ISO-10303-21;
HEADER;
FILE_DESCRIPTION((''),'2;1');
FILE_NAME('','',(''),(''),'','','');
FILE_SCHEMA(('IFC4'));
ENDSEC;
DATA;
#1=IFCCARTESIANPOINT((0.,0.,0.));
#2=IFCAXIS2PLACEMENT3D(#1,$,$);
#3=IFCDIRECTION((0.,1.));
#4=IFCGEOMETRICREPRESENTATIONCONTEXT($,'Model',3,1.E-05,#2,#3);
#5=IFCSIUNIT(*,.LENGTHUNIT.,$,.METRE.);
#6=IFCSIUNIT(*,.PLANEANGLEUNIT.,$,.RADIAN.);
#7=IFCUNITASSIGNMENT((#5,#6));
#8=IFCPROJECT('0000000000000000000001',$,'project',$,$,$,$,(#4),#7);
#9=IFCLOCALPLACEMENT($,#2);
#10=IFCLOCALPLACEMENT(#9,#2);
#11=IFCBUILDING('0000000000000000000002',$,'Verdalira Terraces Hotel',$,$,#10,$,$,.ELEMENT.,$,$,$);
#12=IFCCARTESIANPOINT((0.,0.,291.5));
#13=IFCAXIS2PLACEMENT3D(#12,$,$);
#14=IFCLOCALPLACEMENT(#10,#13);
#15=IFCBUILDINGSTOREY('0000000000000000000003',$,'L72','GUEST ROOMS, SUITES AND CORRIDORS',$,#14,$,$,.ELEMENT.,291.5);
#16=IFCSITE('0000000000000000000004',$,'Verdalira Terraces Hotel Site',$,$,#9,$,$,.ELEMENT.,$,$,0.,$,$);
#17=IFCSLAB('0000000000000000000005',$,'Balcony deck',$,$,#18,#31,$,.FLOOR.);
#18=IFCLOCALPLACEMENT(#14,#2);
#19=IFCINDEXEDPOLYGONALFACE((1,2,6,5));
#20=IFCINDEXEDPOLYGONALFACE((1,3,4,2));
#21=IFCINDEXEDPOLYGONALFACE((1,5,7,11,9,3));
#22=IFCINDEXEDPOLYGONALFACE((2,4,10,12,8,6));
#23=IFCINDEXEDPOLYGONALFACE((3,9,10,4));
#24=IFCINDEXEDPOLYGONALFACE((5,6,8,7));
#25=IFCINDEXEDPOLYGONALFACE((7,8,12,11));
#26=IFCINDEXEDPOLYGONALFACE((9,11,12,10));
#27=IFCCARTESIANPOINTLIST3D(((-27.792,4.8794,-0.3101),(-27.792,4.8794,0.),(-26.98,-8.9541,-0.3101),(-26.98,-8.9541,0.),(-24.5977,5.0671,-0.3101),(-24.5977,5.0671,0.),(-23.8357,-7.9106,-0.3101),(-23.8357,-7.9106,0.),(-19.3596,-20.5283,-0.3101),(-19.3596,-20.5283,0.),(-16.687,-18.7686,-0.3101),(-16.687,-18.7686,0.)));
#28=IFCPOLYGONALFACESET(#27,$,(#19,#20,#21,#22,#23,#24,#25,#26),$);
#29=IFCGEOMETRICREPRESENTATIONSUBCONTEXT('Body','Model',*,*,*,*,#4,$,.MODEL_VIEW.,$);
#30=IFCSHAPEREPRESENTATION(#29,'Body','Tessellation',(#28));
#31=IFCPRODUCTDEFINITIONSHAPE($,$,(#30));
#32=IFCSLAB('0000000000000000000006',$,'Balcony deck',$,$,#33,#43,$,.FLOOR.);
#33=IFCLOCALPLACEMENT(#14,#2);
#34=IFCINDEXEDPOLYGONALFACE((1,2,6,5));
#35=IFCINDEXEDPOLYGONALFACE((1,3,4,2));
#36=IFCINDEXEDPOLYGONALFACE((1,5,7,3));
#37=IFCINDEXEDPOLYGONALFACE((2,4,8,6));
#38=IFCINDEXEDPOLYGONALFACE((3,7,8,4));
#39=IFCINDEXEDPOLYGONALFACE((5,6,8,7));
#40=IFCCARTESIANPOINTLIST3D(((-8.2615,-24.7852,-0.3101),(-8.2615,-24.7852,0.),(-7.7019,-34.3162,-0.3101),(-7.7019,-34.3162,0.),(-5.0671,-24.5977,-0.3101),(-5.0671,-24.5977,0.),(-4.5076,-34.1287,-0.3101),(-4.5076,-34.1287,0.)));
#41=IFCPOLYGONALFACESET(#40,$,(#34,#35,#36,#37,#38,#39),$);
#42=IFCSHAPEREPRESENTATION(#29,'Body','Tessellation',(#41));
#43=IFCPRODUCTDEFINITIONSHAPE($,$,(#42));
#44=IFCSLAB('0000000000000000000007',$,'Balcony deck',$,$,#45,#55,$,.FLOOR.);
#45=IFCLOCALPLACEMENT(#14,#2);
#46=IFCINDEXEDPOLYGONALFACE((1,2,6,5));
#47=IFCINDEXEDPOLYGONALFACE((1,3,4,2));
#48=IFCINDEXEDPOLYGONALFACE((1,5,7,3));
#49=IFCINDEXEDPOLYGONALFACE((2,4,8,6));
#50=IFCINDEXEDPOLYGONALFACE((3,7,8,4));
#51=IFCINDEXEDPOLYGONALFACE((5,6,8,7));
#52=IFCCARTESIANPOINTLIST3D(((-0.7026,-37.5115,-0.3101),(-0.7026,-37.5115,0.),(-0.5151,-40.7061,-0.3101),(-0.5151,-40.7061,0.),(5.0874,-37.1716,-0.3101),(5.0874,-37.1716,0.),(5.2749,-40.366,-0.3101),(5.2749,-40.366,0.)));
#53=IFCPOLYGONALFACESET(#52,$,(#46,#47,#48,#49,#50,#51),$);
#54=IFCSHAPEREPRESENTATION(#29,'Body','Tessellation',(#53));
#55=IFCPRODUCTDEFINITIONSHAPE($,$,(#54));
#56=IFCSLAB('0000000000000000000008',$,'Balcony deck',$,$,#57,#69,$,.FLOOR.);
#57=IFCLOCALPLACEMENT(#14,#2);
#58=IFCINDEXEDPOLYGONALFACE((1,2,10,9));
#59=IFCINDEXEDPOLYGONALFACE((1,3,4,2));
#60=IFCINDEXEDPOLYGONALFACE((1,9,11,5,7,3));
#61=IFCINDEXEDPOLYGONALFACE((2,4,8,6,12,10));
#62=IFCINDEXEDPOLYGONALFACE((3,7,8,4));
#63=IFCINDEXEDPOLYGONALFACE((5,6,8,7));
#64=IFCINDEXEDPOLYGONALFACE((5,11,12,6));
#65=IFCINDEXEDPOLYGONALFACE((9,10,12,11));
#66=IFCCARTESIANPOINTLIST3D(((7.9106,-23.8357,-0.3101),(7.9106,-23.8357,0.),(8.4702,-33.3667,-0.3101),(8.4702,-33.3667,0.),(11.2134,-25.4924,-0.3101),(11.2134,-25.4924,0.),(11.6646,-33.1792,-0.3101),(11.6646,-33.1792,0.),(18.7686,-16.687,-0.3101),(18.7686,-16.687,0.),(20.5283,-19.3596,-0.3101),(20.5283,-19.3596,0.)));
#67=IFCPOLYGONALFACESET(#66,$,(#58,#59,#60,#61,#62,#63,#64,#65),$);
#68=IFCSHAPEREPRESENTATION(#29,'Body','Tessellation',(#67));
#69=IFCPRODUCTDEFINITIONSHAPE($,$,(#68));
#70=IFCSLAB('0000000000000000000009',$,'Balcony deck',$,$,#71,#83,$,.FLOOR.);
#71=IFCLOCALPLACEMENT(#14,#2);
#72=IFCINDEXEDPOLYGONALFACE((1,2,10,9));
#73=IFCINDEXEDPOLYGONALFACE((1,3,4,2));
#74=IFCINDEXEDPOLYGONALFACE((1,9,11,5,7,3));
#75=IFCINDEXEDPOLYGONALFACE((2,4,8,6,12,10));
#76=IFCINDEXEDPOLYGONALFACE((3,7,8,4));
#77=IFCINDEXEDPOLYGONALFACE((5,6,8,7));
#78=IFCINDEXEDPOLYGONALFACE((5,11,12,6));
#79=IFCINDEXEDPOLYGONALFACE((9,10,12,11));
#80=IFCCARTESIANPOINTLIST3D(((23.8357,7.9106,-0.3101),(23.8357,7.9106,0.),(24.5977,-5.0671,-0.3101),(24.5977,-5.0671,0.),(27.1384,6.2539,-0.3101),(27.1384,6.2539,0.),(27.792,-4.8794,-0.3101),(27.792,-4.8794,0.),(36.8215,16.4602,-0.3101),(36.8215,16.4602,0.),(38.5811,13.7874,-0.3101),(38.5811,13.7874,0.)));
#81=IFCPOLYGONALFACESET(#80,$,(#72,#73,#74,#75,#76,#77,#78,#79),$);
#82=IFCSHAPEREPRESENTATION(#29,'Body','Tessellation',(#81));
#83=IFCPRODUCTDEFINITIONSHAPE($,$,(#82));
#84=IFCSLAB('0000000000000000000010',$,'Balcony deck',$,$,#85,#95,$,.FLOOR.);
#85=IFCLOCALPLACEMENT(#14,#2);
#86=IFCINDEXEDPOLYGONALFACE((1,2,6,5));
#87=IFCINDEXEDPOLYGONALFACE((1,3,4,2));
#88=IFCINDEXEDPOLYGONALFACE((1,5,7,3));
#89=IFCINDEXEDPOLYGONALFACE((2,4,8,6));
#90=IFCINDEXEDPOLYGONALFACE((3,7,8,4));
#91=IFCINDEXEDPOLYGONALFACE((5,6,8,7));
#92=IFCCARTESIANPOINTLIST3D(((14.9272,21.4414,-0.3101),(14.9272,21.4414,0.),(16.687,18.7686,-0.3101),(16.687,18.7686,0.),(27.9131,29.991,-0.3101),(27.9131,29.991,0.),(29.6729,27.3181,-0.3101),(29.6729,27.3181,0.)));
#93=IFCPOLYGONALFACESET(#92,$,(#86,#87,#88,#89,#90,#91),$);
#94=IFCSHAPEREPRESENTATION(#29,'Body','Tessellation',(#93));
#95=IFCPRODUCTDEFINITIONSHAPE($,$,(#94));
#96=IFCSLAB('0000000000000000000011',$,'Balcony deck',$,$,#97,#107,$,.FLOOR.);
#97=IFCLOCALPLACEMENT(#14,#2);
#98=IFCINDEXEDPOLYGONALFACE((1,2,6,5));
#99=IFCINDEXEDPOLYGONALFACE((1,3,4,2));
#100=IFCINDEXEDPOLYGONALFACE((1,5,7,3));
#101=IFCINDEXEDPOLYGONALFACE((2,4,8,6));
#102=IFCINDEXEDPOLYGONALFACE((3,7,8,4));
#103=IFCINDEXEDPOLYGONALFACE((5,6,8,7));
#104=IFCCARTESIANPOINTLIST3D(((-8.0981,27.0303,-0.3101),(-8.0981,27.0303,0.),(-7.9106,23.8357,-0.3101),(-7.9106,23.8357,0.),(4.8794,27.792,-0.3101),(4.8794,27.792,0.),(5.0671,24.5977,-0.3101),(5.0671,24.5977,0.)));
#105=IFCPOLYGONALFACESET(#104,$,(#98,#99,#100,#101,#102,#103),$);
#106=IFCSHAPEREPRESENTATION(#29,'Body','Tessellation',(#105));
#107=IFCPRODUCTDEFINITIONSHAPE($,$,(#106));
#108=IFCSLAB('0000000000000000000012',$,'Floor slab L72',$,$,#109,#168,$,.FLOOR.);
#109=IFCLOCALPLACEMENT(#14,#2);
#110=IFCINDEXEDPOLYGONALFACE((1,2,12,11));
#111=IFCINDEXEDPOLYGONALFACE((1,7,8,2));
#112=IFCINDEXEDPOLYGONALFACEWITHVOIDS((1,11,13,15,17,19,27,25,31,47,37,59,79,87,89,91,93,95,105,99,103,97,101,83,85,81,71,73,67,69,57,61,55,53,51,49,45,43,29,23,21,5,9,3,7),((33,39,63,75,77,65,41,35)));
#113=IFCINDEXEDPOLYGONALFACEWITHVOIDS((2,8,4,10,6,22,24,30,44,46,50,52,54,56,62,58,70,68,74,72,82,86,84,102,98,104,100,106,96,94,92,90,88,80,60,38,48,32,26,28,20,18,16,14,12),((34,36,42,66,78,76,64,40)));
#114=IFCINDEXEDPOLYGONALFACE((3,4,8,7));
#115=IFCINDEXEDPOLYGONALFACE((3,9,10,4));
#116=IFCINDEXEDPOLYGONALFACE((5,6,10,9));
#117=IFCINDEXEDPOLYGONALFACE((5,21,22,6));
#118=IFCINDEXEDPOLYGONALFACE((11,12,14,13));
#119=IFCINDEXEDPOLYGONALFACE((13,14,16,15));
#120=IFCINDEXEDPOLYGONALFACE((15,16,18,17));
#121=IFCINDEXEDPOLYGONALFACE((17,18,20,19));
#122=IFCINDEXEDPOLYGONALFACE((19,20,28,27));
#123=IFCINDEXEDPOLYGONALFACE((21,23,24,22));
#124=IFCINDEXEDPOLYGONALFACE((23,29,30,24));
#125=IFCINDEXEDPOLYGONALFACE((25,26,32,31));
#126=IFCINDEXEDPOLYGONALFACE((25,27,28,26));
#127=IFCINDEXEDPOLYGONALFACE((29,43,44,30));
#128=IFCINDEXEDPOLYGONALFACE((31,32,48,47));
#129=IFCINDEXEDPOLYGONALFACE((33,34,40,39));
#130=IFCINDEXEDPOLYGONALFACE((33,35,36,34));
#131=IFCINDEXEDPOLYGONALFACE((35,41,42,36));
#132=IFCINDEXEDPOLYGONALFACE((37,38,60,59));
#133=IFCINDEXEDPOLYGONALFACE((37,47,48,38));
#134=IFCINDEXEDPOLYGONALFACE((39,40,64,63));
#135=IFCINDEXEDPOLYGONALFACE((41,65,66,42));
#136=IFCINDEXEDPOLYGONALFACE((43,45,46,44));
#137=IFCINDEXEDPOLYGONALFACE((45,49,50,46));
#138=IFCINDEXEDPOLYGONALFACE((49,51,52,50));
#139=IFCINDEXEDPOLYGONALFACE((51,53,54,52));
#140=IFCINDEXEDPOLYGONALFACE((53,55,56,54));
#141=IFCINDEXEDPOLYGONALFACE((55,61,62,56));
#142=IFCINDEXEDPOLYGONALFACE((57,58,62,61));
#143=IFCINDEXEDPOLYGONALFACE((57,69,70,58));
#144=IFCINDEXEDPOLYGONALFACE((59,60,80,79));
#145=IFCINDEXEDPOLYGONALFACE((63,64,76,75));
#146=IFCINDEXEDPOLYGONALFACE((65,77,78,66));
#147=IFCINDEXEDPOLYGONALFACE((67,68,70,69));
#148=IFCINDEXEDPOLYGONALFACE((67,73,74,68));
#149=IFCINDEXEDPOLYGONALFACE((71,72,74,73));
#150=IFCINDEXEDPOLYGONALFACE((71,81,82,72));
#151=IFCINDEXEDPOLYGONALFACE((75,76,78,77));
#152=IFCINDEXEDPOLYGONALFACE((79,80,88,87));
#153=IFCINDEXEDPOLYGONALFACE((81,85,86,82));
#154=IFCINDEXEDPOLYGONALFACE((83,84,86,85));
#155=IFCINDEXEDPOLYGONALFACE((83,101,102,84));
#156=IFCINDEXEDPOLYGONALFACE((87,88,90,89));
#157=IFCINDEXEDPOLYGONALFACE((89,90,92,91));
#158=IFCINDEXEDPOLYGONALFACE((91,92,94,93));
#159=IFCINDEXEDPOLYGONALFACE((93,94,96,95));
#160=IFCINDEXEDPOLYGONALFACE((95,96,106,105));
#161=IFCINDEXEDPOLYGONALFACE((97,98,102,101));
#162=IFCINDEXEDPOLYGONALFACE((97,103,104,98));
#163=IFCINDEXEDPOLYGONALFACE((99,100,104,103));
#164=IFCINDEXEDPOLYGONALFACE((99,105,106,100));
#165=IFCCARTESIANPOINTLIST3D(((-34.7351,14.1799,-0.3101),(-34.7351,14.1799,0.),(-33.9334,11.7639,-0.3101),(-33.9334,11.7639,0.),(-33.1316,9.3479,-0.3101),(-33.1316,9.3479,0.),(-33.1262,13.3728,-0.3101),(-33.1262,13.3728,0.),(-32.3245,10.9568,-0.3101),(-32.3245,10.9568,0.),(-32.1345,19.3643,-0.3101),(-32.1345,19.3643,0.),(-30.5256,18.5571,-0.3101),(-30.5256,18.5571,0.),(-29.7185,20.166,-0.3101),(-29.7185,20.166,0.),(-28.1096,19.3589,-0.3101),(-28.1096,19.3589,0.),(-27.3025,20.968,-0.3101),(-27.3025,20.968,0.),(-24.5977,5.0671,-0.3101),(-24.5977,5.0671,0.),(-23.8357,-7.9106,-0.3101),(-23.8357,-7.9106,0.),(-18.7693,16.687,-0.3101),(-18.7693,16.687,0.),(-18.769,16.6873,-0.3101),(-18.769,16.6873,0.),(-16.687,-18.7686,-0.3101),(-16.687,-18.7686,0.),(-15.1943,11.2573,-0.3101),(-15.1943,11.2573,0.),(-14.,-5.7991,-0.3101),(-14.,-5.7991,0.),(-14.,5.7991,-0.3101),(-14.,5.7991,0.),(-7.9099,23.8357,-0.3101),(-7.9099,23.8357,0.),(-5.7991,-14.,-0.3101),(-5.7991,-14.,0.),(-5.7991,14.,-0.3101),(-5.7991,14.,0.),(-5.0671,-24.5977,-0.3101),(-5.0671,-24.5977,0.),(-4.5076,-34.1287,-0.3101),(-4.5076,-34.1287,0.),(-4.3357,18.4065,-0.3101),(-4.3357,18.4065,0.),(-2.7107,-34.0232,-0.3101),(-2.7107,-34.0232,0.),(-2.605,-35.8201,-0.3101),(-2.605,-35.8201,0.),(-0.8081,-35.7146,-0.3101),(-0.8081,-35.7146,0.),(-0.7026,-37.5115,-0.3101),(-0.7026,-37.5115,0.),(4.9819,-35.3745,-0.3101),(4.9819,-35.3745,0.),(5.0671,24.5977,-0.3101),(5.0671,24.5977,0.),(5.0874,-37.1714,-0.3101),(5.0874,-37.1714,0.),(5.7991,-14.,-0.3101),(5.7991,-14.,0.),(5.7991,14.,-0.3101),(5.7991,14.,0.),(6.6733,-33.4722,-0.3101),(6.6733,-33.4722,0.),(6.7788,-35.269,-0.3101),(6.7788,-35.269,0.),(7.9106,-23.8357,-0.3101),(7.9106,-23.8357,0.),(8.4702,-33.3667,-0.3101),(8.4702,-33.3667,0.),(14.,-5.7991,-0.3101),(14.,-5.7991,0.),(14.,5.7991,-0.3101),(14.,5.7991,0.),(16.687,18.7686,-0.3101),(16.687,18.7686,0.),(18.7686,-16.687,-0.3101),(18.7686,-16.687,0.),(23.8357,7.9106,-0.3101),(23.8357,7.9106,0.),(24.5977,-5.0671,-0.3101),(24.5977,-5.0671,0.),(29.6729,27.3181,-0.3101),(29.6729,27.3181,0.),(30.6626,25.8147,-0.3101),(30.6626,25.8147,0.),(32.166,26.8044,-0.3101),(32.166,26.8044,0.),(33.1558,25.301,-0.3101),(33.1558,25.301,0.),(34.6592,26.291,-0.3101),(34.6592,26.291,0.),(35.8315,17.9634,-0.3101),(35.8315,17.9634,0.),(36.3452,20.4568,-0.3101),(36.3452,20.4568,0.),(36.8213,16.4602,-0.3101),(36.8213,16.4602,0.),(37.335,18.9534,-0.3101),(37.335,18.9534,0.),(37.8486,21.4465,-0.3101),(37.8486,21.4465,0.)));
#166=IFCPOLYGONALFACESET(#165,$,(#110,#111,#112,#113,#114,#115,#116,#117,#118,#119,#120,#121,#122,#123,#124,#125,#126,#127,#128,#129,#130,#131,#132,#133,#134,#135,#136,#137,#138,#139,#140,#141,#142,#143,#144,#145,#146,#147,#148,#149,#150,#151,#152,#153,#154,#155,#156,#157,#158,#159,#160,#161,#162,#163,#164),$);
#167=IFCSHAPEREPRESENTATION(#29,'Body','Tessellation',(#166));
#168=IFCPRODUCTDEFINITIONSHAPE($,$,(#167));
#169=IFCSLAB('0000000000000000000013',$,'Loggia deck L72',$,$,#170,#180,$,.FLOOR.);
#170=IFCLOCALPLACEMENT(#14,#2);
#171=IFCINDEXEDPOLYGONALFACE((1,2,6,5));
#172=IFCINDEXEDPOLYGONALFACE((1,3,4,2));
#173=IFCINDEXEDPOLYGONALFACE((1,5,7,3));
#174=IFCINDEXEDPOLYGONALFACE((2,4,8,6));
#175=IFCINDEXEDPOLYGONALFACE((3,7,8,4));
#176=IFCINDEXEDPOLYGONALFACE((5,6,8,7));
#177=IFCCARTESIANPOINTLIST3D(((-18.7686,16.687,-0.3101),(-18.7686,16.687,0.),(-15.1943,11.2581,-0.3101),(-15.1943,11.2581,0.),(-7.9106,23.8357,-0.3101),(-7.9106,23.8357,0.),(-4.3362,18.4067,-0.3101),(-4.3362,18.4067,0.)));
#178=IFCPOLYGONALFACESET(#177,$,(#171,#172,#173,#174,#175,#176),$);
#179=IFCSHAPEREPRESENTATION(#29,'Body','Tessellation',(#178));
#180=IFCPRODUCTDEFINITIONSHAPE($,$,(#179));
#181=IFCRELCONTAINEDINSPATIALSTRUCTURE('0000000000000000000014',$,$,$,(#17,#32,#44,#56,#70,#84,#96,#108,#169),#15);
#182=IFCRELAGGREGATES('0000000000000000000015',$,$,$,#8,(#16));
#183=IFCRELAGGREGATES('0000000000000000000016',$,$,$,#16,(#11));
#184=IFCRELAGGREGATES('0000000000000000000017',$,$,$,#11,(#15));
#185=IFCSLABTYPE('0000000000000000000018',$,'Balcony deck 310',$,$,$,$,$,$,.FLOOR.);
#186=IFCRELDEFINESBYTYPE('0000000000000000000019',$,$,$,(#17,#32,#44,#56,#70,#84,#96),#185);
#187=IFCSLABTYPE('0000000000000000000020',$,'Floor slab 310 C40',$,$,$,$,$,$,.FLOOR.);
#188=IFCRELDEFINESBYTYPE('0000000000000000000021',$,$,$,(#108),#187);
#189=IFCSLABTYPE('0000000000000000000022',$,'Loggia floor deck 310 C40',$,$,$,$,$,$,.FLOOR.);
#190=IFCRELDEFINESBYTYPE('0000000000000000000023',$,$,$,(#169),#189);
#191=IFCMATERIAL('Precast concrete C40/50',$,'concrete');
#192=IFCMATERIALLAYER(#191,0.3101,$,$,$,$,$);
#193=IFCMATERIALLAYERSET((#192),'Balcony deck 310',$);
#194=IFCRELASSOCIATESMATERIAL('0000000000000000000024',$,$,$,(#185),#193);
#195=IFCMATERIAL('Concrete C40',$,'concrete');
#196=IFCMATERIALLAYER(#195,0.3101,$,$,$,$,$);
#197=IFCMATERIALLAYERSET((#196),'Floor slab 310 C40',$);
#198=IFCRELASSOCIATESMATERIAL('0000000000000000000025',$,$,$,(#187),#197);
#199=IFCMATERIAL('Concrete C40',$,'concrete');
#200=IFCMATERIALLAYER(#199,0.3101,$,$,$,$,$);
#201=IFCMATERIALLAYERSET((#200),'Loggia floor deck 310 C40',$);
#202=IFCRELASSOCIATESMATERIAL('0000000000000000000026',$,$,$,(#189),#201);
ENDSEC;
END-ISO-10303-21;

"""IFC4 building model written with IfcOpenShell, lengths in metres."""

from ifc_helpers import new_model, si_unit, direction, frame, origin, place, context, subcontext, project, spatial, polyline, outline, extrude, material, layer, layer_set, type_object, element, save


model = new_model("IFC4")

# Units and contexts
model_context = context("Model", 3, precision=1e-05, world=origin(), true_north=direction((0.0, 1.0)))
body_context = subcontext(model_context, "Body", "Model", "MODEL_VIEW")
ifc_project = project(units=[si_unit("LENGTHUNIT", "METRE"), si_unit("PLANEANGLEUNIT", "RADIAN")], contexts=[model_context])

# Site, building, storey
site_placement = place(None, origin())
site = spatial("IfcSite", under=ifc_project, at=site_placement, Name="Verdalira Terraces Hotel Site", CompositionType="ELEMENT", RefElevation=0.0)
building_placement = place(site_placement, origin())
building = spatial("IfcBuilding", under=site, at=building_placement, Name="Verdalira Terraces Hotel", CompositionType="ELEMENT")
storey_placement = place(building_placement, frame((0.0, 0.0, 291.5)))
storey = spatial("IfcBuildingStorey", under=building, at=storey_placement, Name="L72", Description="GUEST ROOMS, SUITES AND CORRIDORS", CompositionType="ELEMENT", Elevation=291.5)

# Slabs
ifc_material_1 = material(Name="Precast concrete C40/50", Category="concrete")
ifc_layer_1 = layer(ifc_material_1, 0.3101)
ifc_layer_set_1 = layer_set([ifc_layer_1], Name="Balcony deck 310")
slab_type_1 = type_object("IfcSlabType", Name="Balcony deck 310", PredefinedType="FLOOR", material=ifc_layer_set_1)
slab_1_placement = place(storey_placement, frame((0.0, 0.0, -0.3101)))
element("IfcSlab", 1, at=slab_1_placement, inside=storey, type_object=slab_type_1, Name="Balcony deck", PredefinedType="FLOOR", context=body_context, shape_type="SweptSolid", body=[
    extrude(outline(polyline([(-26.98, -8.9541), (-19.3596, -20.5283), (-16.687, -18.7686), (-23.8357, -7.9106), (-24.5977, 5.0671), (-27.792, 4.8794), (-26.98, -8.9541)])), origin(), (0.0, 0.0, 1.0), 0.3101),
])
slab_2_placement = place(storey_placement, frame((0.0, 0.0, -0.3101)))
element("IfcSlab", 2, at=slab_2_placement, inside=storey, type_object=slab_type_1, Name="Balcony deck", PredefinedType="FLOOR", context=body_context, shape_type="SweptSolid", body=[
    extrude(outline(polyline([(-7.7019, -34.3162), (-4.5076, -34.1287), (-5.0671, -24.5977), (-8.2615, -24.7852), (-7.7019, -34.3162)])), origin(), (0.0, 0.0, 1.0), 0.3101),
])
slab_3_placement = place(storey_placement, frame((0.0, 0.0, -0.3101)))
element("IfcSlab", 3, at=slab_3_placement, inside=storey, type_object=slab_type_1, Name="Balcony deck", PredefinedType="FLOOR", context=body_context, shape_type="SweptSolid", body=[
    extrude(outline(polyline([(5.2749, -40.366), (5.0874, -37.1716), (-0.7026, -37.5115), (-0.5151, -40.7061), (5.2749, -40.366)])), origin(), (0.0, 0.0, 1.0), 0.3101),
])
slab_4_placement = place(storey_placement, frame((0.0, 0.0, -0.3101)))
element("IfcSlab", 4, at=slab_4_placement, inside=storey, type_object=slab_type_1, Name="Balcony deck", PredefinedType="FLOOR", context=body_context, shape_type="SweptSolid", body=[
    extrude(outline(polyline([(20.5283, -19.3596), (18.7686, -16.687), (7.9106, -23.8357), (8.4702, -33.3667), (11.6646, -33.1792), (11.2134, -25.4924), (20.5283, -19.3596)])), origin(), (0.0, 0.0, 1.0), 0.3101),
])
slab_5_placement = place(storey_placement, frame((0.0, 0.0, -0.3101)))
element("IfcSlab", 5, at=slab_5_placement, inside=storey, type_object=slab_type_1, Name="Balcony deck", PredefinedType="FLOOR", context=body_context, shape_type="SweptSolid", body=[
    extrude(outline(polyline([(38.5811, 13.7874), (36.8215, 16.4602), (23.8357, 7.9106), (24.5977, -5.0671), (27.792, -4.8794), (27.1384, 6.2539), (38.5811, 13.7874)])), origin(), (0.0, 0.0, 1.0), 0.3101),
])
slab_6_placement = place(storey_placement, frame((0.0, 0.0, -0.3101)))
element("IfcSlab", 6, at=slab_6_placement, inside=storey, type_object=slab_type_1, Name="Balcony deck", PredefinedType="FLOOR", context=body_context, shape_type="SweptSolid", body=[
    extrude(outline(polyline([(14.9272, 21.4414), (16.687, 18.7686), (29.6729, 27.3181), (27.9131, 29.991), (14.9272, 21.4414)])), origin(), (0.0, 0.0, 1.0), 0.3101),
])
slab_7_placement = place(storey_placement, frame((0.0, 0.0, -0.3101)))
element("IfcSlab", 7, at=slab_7_placement, inside=storey, type_object=slab_type_1, Name="Balcony deck", PredefinedType="FLOOR", context=body_context, shape_type="SweptSolid", body=[
    extrude(outline(polyline([(-8.0981, 27.0303), (-7.9106, 23.8357), (5.0671, 24.5977), (4.8794, 27.792), (-8.0981, 27.0303)])), origin(), (0.0, 0.0, 1.0), 0.3101),
])
ifc_material_2 = material(Name="Concrete C40", Category="concrete")
ifc_layer_2 = layer(ifc_material_2, 0.3101)
ifc_layer_set_2 = layer_set([ifc_layer_2], Name="Floor slab 310 C40")
slab_type_2 = type_object("IfcSlabType", Name="Floor slab 310 C40", PredefinedType="FLOOR", material=ifc_layer_set_2)
slab_8_placement = place(storey_placement, frame((0.0, 0.0, -0.3101)))
element("IfcSlab", 8, at=slab_8_placement, inside=storey, type_object=slab_type_2, Name="Floor slab L72", PredefinedType="FLOOR", context=body_context, shape_type="SweptSolid", body=[
    extrude(outline(polyline([(16.687, 18.7686), (5.0671, 24.5977), (-7.9099, 23.8357), (-4.3357, 18.4065), (-15.1943, 11.2573), (-18.7693, 16.687), (-18.769, 16.6873), (-27.3025, 20.968), (-28.1096, 19.3589), (-29.7185, 20.166), (-30.5256, 18.5571), (-32.1345, 19.3643), (-34.7351, 14.1799), (-33.1262, 13.3728), (-33.9333, 11.7639), (-32.3245, 10.9568), (-33.1316, 9.3479), (-24.5977, 5.0671), (-23.8357, -7.9106), (-16.687, -18.7686), (-5.0671, -24.5977), (-4.5076, -34.1287), (-2.7107, -34.0232), (-2.605, -35.8201), (-0.8081, -35.7146), (-0.7026, -37.5115), (5.0874, -37.1714), (4.9819, -35.3745), (6.7788, -35.269), (6.6733, -33.4722), (8.4702, -33.3667), (7.9106, -23.8357), (18.7686, -16.687), (24.5977, -5.0671), (23.8357, 7.9106), (36.8213, 16.4602), (35.8315, 17.9634), (37.335, 18.9534), (36.3452, 20.4568), (37.8486, 21.4465), (34.6592, 26.291), (33.1558, 25.301), (32.166, 26.8044), (30.6626, 25.8147), (29.6729, 27.3181), (16.687, 18.7686)]), holes=[polyline([(5.7991, 14.0), (14.0, 5.7991), (14.0, -5.7991), (5.7991, -14.0), (-5.7991, -14.0), (-14.0, -5.7991), (-14.0, 5.7991), (-5.7991, 14.0), (5.7991, 14.0)])]), origin(), (0.0, 0.0, 1.0), 0.3101),
])
ifc_material_3 = material(Name="Concrete C40", Category="concrete")
ifc_layer_3 = layer(ifc_material_3, 0.3101)
ifc_layer_set_3 = layer_set([ifc_layer_3], Name="Loggia floor deck 310 C40")
slab_type_3 = type_object("IfcSlabType", Name="Loggia floor deck 310 C40", PredefinedType="FLOOR", material=ifc_layer_set_3)
slab_9_placement = place(storey_placement, frame((0.0, 0.0, -0.3101)))
element("IfcSlab", 9, at=slab_9_placement, inside=storey, type_object=slab_type_3, Name="Loggia deck L72", PredefinedType="FLOOR", context=body_context, shape_type="SweptSolid", body=[
    extrude(outline(polyline([(-4.3362, 18.4067), (-7.9106, 23.8357), (-18.7686, 16.687), (-15.1943, 11.2581), (-4.3362, 18.4067)])), origin(), (0.0, 0.0, 1.0), 0.3101),
])

save(model, "model.ifc")
